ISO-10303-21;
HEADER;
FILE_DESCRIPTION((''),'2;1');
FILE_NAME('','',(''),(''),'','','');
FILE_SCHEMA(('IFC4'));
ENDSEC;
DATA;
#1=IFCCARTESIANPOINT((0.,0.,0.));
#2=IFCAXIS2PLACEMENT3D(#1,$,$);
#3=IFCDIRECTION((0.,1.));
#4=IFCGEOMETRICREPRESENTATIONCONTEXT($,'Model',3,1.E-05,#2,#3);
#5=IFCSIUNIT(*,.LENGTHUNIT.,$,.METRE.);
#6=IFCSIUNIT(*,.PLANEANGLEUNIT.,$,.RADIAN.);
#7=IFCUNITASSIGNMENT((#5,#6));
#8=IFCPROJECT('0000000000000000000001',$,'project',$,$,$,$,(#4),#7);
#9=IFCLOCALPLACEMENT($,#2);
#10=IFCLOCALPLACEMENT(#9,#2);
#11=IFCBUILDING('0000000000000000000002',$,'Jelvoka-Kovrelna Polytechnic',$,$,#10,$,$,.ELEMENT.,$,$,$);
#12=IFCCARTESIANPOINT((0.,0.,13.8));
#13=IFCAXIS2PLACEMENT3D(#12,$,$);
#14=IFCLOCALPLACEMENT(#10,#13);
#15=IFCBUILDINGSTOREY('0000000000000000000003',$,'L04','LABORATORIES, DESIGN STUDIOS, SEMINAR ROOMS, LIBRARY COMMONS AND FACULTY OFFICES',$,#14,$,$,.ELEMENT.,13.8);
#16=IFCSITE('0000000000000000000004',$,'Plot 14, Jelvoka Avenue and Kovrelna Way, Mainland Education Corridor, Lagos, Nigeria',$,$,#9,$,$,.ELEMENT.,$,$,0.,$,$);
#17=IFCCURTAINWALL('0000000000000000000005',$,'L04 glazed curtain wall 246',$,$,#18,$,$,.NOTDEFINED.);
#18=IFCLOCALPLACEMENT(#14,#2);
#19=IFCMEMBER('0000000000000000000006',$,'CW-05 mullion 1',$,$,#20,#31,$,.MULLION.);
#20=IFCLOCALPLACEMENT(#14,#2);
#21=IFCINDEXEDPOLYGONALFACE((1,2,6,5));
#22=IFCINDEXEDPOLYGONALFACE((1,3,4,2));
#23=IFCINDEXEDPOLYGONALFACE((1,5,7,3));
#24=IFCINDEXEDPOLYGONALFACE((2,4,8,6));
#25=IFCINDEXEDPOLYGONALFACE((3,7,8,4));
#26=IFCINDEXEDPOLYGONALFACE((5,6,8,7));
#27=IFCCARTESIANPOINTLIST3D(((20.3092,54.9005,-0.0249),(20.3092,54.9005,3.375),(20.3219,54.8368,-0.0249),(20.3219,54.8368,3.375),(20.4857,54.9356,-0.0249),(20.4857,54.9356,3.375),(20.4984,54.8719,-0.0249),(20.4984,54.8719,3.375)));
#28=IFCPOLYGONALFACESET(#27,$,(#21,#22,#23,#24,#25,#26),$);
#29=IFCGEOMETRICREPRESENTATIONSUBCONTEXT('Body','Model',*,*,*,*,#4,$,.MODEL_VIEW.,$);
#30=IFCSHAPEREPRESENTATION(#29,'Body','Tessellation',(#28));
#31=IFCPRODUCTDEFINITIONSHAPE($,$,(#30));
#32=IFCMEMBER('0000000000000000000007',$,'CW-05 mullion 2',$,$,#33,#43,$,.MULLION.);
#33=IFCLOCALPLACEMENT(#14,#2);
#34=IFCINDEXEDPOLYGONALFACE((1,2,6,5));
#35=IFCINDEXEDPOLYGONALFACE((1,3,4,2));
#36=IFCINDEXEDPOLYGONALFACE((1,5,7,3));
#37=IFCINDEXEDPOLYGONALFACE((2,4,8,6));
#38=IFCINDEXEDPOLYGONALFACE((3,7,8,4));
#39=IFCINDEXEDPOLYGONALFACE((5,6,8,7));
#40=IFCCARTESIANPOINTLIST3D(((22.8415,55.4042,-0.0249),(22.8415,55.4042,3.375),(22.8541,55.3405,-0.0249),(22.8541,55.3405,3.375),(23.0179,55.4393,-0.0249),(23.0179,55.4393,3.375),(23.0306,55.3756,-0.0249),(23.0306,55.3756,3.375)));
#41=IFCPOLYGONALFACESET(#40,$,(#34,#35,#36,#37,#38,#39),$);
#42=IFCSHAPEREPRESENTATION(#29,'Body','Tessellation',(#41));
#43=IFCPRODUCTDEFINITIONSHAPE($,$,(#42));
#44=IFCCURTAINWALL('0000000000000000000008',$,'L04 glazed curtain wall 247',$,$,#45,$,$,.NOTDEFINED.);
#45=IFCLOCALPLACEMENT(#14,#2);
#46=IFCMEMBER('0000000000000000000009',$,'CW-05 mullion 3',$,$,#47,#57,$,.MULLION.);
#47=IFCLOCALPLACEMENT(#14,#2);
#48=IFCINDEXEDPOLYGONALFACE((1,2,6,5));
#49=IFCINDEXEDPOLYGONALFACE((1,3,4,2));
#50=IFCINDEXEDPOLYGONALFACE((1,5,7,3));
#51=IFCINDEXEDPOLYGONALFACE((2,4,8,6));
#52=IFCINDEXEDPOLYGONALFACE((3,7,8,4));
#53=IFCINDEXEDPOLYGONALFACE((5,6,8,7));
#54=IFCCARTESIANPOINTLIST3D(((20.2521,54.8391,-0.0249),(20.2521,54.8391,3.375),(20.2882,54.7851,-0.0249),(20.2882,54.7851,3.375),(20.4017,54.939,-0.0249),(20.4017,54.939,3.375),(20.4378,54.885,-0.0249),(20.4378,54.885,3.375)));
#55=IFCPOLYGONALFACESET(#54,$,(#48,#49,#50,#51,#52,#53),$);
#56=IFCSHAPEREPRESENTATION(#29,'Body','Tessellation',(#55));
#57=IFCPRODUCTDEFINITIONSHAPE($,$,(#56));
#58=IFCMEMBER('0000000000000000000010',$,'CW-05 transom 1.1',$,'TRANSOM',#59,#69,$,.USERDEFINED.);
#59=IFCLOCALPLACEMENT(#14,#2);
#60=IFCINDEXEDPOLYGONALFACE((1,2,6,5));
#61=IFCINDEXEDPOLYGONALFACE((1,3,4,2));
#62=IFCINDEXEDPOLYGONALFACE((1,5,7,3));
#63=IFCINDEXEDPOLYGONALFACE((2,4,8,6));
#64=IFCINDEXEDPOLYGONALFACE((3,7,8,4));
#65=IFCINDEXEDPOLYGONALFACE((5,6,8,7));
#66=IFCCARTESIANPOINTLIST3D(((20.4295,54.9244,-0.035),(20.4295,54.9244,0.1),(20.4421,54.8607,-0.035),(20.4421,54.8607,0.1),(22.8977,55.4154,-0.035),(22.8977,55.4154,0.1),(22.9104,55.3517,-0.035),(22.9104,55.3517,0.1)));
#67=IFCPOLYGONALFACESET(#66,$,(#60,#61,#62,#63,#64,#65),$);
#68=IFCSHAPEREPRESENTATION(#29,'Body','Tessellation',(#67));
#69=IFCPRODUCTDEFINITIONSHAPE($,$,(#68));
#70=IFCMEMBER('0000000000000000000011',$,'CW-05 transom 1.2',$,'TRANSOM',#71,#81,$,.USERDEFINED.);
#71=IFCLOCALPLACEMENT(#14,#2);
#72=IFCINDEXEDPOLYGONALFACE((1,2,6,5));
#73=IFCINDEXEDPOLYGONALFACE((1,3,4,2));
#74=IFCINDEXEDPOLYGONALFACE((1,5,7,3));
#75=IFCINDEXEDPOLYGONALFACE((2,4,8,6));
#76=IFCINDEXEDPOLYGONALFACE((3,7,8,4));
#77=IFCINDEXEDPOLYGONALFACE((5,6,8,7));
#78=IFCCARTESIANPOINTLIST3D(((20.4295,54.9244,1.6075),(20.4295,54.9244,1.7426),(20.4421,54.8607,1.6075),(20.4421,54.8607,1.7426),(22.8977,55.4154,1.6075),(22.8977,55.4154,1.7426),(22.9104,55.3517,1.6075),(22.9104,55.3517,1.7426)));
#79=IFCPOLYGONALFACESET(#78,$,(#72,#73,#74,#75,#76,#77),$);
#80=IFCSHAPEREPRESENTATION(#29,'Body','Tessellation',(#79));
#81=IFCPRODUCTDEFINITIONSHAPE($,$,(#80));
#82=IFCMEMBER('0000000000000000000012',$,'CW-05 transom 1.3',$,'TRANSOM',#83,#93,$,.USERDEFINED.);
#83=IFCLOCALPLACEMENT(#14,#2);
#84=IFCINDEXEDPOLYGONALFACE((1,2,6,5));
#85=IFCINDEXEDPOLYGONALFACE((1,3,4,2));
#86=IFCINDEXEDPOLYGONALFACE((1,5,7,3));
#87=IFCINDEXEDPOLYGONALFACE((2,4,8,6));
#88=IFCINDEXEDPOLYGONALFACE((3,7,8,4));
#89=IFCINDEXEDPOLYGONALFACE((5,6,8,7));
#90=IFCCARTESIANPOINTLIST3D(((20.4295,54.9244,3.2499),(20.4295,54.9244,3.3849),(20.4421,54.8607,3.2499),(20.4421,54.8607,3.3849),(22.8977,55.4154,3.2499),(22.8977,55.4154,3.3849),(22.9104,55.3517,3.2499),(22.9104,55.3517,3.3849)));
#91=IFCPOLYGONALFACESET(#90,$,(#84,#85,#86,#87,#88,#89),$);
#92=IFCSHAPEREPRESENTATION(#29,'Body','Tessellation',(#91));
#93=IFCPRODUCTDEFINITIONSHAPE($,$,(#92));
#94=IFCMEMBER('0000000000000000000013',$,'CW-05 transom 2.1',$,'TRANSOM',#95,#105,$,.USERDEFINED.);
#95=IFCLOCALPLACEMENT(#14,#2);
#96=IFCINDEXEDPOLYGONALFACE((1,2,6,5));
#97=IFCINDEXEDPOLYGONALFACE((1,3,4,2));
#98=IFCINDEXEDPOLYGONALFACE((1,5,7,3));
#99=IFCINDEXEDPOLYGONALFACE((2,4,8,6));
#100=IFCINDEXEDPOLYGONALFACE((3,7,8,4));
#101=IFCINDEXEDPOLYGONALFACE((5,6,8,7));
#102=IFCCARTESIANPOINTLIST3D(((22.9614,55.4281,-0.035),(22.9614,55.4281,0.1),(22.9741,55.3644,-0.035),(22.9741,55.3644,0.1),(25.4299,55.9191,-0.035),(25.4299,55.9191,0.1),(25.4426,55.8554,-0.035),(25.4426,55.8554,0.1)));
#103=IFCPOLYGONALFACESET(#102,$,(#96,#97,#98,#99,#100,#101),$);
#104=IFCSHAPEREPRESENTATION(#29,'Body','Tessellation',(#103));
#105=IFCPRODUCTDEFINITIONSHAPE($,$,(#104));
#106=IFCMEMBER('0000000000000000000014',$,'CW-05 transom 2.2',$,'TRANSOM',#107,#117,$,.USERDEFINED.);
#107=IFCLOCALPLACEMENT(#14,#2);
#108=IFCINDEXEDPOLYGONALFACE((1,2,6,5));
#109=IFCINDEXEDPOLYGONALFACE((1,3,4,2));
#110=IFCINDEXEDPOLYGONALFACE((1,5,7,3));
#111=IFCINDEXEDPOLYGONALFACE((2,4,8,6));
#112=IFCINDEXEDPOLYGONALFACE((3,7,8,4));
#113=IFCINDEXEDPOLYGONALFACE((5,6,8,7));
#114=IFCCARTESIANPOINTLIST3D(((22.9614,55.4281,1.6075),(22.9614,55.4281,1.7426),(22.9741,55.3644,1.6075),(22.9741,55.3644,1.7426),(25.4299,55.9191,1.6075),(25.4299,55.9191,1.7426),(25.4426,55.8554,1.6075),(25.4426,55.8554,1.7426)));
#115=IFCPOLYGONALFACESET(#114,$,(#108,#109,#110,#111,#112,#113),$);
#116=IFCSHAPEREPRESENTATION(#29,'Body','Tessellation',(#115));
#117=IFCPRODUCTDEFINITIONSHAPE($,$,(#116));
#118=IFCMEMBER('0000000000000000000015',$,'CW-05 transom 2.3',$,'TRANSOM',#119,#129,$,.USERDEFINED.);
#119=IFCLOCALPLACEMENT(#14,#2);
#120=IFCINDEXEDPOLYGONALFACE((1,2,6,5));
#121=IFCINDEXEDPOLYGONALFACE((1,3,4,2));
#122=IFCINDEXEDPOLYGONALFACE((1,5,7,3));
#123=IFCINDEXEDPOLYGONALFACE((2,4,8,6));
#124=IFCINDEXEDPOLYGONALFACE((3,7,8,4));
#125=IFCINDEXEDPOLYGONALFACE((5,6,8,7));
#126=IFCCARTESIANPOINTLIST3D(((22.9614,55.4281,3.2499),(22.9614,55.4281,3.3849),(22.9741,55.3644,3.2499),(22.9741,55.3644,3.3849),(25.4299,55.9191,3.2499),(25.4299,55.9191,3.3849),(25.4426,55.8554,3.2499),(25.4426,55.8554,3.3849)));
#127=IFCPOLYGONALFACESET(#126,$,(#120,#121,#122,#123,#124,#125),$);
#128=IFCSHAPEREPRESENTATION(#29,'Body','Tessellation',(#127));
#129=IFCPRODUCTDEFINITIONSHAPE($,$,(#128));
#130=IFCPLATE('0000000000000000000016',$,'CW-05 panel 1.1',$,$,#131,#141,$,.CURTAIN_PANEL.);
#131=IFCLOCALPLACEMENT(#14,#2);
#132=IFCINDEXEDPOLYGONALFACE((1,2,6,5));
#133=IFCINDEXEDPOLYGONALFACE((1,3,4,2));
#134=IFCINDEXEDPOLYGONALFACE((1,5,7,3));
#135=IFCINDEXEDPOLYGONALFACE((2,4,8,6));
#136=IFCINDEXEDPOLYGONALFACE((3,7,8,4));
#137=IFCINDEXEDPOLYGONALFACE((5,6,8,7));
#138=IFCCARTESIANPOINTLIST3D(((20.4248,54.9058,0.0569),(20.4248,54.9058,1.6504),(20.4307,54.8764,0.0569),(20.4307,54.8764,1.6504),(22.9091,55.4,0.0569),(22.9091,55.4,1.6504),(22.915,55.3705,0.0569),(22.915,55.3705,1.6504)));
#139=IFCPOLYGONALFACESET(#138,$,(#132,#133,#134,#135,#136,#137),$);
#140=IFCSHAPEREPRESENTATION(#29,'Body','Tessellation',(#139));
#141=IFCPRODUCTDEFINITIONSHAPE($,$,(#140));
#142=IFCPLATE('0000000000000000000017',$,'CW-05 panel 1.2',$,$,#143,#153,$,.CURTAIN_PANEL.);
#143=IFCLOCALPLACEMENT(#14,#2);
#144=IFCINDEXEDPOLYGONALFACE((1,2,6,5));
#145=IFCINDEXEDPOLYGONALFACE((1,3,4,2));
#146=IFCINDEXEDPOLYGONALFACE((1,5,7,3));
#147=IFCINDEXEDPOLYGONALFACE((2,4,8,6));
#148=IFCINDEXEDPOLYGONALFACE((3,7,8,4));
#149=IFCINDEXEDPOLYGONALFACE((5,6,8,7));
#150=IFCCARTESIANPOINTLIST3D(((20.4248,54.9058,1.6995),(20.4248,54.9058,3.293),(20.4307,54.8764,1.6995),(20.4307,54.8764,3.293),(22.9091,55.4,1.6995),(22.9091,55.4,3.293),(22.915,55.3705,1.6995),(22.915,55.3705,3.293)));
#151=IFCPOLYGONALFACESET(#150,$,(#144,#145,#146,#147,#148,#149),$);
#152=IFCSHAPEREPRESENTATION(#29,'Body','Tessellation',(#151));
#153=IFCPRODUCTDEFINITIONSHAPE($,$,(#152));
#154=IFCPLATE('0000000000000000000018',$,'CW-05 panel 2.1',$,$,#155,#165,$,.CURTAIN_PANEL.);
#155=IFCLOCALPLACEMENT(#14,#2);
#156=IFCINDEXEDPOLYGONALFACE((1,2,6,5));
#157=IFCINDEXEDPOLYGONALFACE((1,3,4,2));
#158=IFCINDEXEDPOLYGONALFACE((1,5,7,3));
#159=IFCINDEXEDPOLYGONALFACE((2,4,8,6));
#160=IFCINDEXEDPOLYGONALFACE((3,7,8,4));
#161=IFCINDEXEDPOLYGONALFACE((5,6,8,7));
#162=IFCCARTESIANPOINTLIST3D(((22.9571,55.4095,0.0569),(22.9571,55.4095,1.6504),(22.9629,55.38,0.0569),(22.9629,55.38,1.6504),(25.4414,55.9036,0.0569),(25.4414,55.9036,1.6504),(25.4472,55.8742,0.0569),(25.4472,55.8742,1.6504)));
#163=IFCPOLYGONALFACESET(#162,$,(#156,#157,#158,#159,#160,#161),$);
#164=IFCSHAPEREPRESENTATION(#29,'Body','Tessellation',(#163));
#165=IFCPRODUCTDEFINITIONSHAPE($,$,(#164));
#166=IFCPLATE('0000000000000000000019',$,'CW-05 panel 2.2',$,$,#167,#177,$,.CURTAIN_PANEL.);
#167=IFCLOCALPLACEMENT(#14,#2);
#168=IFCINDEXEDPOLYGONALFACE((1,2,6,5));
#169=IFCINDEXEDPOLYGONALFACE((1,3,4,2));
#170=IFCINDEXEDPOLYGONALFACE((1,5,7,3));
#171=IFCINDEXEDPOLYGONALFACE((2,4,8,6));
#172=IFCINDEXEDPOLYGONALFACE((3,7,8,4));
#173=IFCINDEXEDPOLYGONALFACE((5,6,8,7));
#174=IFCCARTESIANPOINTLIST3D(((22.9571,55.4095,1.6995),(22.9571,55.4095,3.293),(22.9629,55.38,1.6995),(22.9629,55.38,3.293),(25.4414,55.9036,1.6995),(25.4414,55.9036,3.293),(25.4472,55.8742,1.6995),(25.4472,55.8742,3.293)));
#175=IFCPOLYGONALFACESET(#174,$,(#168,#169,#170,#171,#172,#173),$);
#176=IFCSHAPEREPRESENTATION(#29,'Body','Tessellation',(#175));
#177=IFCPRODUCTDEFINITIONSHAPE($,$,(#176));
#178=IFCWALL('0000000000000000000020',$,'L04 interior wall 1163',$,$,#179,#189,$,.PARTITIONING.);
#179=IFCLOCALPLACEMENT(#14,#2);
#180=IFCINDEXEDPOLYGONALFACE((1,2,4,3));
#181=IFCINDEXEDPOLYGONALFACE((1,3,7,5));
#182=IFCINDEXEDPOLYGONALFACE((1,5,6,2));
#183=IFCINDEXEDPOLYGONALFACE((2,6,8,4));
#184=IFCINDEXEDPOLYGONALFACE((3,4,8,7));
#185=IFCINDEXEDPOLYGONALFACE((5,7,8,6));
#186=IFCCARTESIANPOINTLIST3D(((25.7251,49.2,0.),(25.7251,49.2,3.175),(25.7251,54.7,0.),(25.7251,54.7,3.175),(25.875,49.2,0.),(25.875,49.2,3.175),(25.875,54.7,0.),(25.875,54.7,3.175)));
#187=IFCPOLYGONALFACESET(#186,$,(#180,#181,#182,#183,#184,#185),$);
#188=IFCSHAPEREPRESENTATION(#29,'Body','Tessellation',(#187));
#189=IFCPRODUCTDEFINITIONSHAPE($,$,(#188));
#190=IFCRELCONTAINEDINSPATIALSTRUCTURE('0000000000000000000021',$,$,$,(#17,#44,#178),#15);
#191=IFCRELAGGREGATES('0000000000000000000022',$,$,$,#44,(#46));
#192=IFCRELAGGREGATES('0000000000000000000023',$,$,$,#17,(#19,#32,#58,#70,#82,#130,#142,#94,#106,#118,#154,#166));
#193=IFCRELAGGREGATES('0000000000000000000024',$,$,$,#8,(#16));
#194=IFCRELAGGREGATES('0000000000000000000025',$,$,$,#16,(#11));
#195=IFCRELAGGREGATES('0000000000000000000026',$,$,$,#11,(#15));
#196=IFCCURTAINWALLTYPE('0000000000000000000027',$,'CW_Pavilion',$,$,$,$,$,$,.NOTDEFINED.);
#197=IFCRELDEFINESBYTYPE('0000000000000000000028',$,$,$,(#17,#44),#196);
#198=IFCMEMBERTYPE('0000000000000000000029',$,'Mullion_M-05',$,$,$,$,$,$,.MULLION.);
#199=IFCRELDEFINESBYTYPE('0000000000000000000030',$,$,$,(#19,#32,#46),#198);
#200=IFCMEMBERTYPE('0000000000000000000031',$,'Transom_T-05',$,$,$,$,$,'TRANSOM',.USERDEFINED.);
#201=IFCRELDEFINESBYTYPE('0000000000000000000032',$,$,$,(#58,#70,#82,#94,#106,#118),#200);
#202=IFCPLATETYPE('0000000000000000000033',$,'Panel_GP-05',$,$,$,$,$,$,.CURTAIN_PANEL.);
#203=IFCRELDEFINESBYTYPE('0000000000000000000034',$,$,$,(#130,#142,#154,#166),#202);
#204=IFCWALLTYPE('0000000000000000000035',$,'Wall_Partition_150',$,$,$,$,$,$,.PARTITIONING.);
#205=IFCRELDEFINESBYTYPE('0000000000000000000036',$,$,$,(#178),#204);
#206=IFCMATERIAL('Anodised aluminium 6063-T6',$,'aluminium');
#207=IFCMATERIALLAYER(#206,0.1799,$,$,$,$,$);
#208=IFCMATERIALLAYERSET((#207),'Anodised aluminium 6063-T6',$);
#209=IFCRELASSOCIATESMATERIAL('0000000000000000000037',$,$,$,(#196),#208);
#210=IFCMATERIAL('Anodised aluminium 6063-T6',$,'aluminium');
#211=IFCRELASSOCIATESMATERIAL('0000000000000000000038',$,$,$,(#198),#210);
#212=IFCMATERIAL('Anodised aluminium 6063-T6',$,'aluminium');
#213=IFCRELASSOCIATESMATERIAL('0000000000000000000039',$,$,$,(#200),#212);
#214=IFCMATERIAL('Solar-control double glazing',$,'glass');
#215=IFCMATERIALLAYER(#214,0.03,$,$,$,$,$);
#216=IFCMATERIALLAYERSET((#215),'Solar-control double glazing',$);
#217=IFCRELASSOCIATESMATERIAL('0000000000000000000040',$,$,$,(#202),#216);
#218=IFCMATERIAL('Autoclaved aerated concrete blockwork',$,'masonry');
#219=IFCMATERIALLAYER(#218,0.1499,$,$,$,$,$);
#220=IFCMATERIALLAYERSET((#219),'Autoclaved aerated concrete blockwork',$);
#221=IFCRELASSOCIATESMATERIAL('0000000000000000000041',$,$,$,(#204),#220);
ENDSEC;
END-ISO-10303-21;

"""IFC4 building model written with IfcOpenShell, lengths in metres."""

from ifc_helpers import new_model, si_unit, direction, frame, frame_2d, origin, origin_2d, place, context, subcontext, project, spatial, rectangle, extrude, material, layer, layer_set, material_profile, profile_set, type_object, element, aggregate, save


model = new_model("IFC4")

# Units and contexts
model_context = context("Model", 3, precision=1e-05, world=origin(), true_north=direction((0.0, 1.0)))
body_context = subcontext(model_context, "Body", "Model", "MODEL_VIEW")
ifc_project = project(units=[si_unit("LENGTHUNIT", "METRE"), si_unit("PLANEANGLEUNIT", "RADIAN")], contexts=[model_context])

# Site, building, storey
site_placement = place(None, origin())
site = spatial("IfcSite", under=ifc_project, at=site_placement, Name="Plot 14, Jelvoka Avenue and Kovrelna Way, Mainland Education Corridor, Lagos, Nigeria", CompositionType="ELEMENT", RefElevation=0.0)
building_placement = place(site_placement, origin())
building = spatial("IfcBuilding", under=site, at=building_placement, Name="Jelvoka-Kovrelna Polytechnic", CompositionType="ELEMENT")
storey_placement = place(building_placement, frame((0.0, 0.0, 13.8)))
storey = spatial("IfcBuildingStorey", under=building, at=storey_placement, Name="L04", Description="LABORATORIES, DESIGN STUDIOS, SEMINAR ROOMS, LIBRARY COMMONS AND FACULTY OFFICES", CompositionType="ELEMENT", Elevation=13.8)

# Curtain wall, members
ifc_material_1 = material(Name="Anodised aluminium 6063-T6", Category="aluminium")
ifc_layer_1 = layer(ifc_material_1, 0.1799)
ifc_layer_set_1 = layer_set([ifc_layer_1], Name="Anodised aluminium 6063-T6")
curtain_wall_type = type_object("IfcCurtainWallType", Name="CW_Pavilion", PredefinedType="NOTDEFINED", material=ifc_layer_set_1)
curtain_wall_1_placement = place(storey_placement, origin())
curtain_wall_1 = element("IfcCurtainWall", 1, at=curtain_wall_1_placement, inside=storey, type_object=curtain_wall_type, Name="L04 glazed curtain wall 246", PredefinedType="NOTDEFINED")
ifc_material_2 = material(Name="Anodised aluminium 6063-T6", Category="aluminium")
ifc_material_profile_1 = material_profile(ifc_material_2, rectangle(XDim=0.0649, YDim=0.1799, at=origin_2d()), Name="ALU 65x180")
ifc_profile_set_1 = profile_set([ifc_material_profile_1], Name="Anodised aluminium 6063-T6")
member_type_1 = type_object("IfcMemberType", Name="Mullion_M-05", PredefinedType="MULLION", material=ifc_profile_set_1)
member_1_placement = place(storey_placement, frame((20.4038, 54.8862, -0.0249), z_axis=(0.0, 0.0, 1.0), x_axis=(-0.195086, 0.980786, 0.0)))
member_1 = element("IfcMember", 2, at=member_1_placement, type_object=member_type_1, Name="CW-05 mullion 1", PredefinedType="MULLION", context=body_context, shape_type="SweptSolid", body=[
    extrude(rectangle(XDim=0.0649, YDim=0.1799, at=origin_2d()), origin(), (0.0, 0.0, 1.0), 3.3999),
])
member_2_placement = place(storey_placement, frame((22.936, 55.3899, -0.0249), z_axis=(0.0, 0.0, 1.0), x_axis=(-0.195086, 0.980786, 0.0)))
member_2 = element("IfcMember", 3, at=member_2_placement, type_object=member_type_1, Name="CW-05 mullion 2", PredefinedType="MULLION", context=body_context, shape_type="SweptSolid", body=[
    extrude(rectangle(XDim=0.0649, YDim=0.1799, at=origin_2d()), origin(), (0.0, 0.0, 1.0), 3.3999),
])

# Curtain wall, member
curtain_wall_2_placement = place(storey_placement, origin())
curtain_wall_2 = element("IfcCurtainWall", 4, at=curtain_wall_2_placement, inside=storey, type_object=curtain_wall_type, Name="L04 glazed curtain wall 247", PredefinedType="NOTDEFINED")
member_3_placement = place(storey_placement, frame((20.345, 54.8621, -0.0249), z_axis=(0.0, 0.0, 1.0), x_axis=(-0.555583, 0.831461, 0.0)))
member_3 = element("IfcMember", 5, at=member_3_placement, type_object=member_type_1, Name="CW-05 mullion 3", PredefinedType="MULLION", context=body_context, shape_type="SweptSolid", body=[
    extrude(rectangle(XDim=0.0649, YDim=0.1799, at=origin_2d()), origin(), (0.0, 0.0, 1.0), 3.3999),
])
aggregate(curtain_wall_2, [member_3])

# Members
ifc_material_3 = material(Name="Anodised aluminium 6063-T6", Category="aluminium")
ifc_material_profile_2 = material_profile(ifc_material_3, rectangle(XDim=0.0649, YDim=0.135, at=origin_2d()), Name="ALU 65x135")
ifc_profile_set_2 = profile_set([ifc_material_profile_2], Name="Anodised aluminium 6063-T6")
member_type_2 = type_object("IfcMemberType", Name="Transom_T-05", ElementType="TRANSOM", PredefinedType="USERDEFINED", material=ifc_profile_set_2)
member_4_placement = place(storey_placement, frame((20.4358, 54.8926, 0.0325), z_axis=(0.980785, 0.19509, 0.0), x_axis=(-0.19509, 0.980785, 0.0)))
member_4 = element("IfcMember", 6, at=member_4_placement, type_object=member_type_2, Name="CW-05 transom 1.1", ObjectType="TRANSOM", PredefinedType="USERDEFINED", context=body_context, shape_type="SweptSolid", body=[
    extrude(rectangle(XDim=0.0649, YDim=0.135, at=origin_2d()), origin(), (0.0, 0.0, 1.0), 2.5166),
])
member_5_placement = place(storey_placement, frame((20.4358, 54.8926, 1.675), z_axis=(0.980785, 0.19509, 0.0), x_axis=(-0.19509, 0.980785, 0.0)))
member_5 = element("IfcMember", 7, at=member_5_placement, type_object=member_type_2, Name="CW-05 transom 1.2", ObjectType="TRANSOM", PredefinedType="USERDEFINED", context=body_context, shape_type="SweptSolid", body=[
    extrude(rectangle(XDim=0.0649, YDim=0.135, at=origin_2d()), origin(), (0.0, 0.0, 1.0), 2.5166),
])
member_6_placement = place(storey_placement, frame((20.4358, 54.8926, 3.3174), z_axis=(0.980785, 0.19509, 0.0), x_axis=(-0.19509, 0.980785, 0.0)))
member_6 = element("IfcMember", 8, at=member_6_placement, type_object=member_type_2, Name="CW-05 transom 1.3", ObjectType="TRANSOM", PredefinedType="USERDEFINED", context=body_context, shape_type="SweptSolid", body=[
    extrude(rectangle(XDim=0.0649, YDim=0.135, at=origin_2d()), origin(), (0.0, 0.0, 1.0), 2.5166),
])
member_7_placement = place(storey_placement, frame((22.9678, 55.3962, 0.0325), z_axis=(0.980789, 0.195071, 0.0), x_axis=(-0.195071, 0.980789, 0.0)))
member_7 = element("IfcMember", 9, at=member_7_placement, type_object=member_type_2, Name="CW-05 transom 2.1", ObjectType="TRANSOM", PredefinedType="USERDEFINED", context=body_context, shape_type="SweptSolid", body=[
    extrude(rectangle(XDim=0.0649, YDim=0.135, at=origin_2d()), origin(), (0.0, 0.0, 1.0), 2.5168),
])
member_8_placement = place(storey_placement, frame((22.9678, 55.3962, 1.675), z_axis=(0.980789, 0.195071, 0.0), x_axis=(-0.195071, 0.980789, 0.0)))
member_8 = element("IfcMember", 10, at=member_8_placement, type_object=member_type_2, Name="CW-05 transom 2.2", ObjectType="TRANSOM", PredefinedType="USERDEFINED", context=body_context, shape_type="SweptSolid", body=[
    extrude(rectangle(XDim=0.0649, YDim=0.135, at=origin_2d()), origin(), (0.0, 0.0, 1.0), 2.5168),
])
member_9_placement = place(storey_placement, frame((22.9678, 55.3962, 3.3174), z_axis=(0.980789, 0.195071, 0.0), x_axis=(-0.195071, 0.980789, 0.0)))
member_9 = element("IfcMember", 11, at=member_9_placement, type_object=member_type_2, Name="CW-05 transom 2.3", ObjectType="TRANSOM", PredefinedType="USERDEFINED", context=body_context, shape_type="SweptSolid", body=[
    extrude(rectangle(XDim=0.0649, YDim=0.135, at=origin_2d()), origin(), (0.0, 0.0, 1.0), 2.5168),
])

# Plates
ifc_material_4 = material(Name="Solar-control double glazing", Category="glass")
ifc_layer_2 = layer(ifc_material_4, 0.03)
ifc_layer_set_2 = layer_set([ifc_layer_2], Name="Solar-control double glazing")
plate_type = type_object("IfcPlateType", Name="Panel_GP-05", PredefinedType="CURTAIN_PANEL", material=ifc_layer_set_2)
plate_1_placement = place(storey_placement, frame((21.6699, 55.1382, 0.0569), z_axis=(0.0, 0.0, 1.0), x_axis=(0.980786, 0.195086, 0.0)))
plate_1 = element("IfcPlate", 12, at=plate_1_placement, type_object=plate_type, Name="CW-05 panel 1.1", PredefinedType="CURTAIN_PANEL", context=body_context, shape_type="SweptSolid", body=[
    extrude(rectangle(XDim=2.533, YDim=0.03, at=origin_2d()), origin(), (0.0, 0.0, 1.0), 1.5935),
])
plate_2_placement = place(storey_placement, frame((21.6699, 55.1382, 1.6995), z_axis=(0.0, 0.0, 1.0), x_axis=(0.980786, 0.195086, 0.0)))
plate_2 = element("IfcPlate", 13, at=plate_2_placement, type_object=plate_type, Name="CW-05 panel 1.2", PredefinedType="CURTAIN_PANEL", context=body_context, shape_type="SweptSolid", body=[
    extrude(rectangle(XDim=2.533, YDim=0.03, at=origin_2d()), origin(), (0.0, 0.0, 1.0), 1.5935),
])
plate_3_placement = place(storey_placement, frame((24.2021, 55.6418, 0.0569), z_axis=(0.0, 0.0, 1.0), x_axis=(0.980786, 0.195086, 0.0)))
plate_3 = element("IfcPlate", 14, at=plate_3_placement, type_object=plate_type, Name="CW-05 panel 2.1", PredefinedType="CURTAIN_PANEL", context=body_context, shape_type="SweptSolid", body=[
    extrude(rectangle(XDim=2.533, YDim=0.03, at=origin_2d()), origin(), (0.0, 0.0, 1.0), 1.5935),
])
plate_4_placement = place(storey_placement, frame((24.2021, 55.6418, 1.6995), z_axis=(0.0, 0.0, 1.0), x_axis=(0.980786, 0.195086, 0.0)))
plate_4 = element("IfcPlate", 15, at=plate_4_placement, type_object=plate_type, Name="CW-05 panel 2.2", PredefinedType="CURTAIN_PANEL", context=body_context, shape_type="SweptSolid", body=[
    extrude(rectangle(XDim=2.533, YDim=0.03, at=origin_2d()), origin(), (0.0, 0.0, 1.0), 1.5935),
])
aggregate(curtain_wall_1, [member_1, member_2, member_4, member_5, member_6, plate_1, plate_2, member_7, member_8, member_9, plate_3, plate_4])

# Wall
ifc_material_5 = material(Name="Autoclaved aerated concrete blockwork", Category="masonry")
ifc_layer_3 = layer(ifc_material_5, 0.1499)
ifc_layer_set_3 = layer_set([ifc_layer_3], Name="Autoclaved aerated concrete blockwork")
wall_type = type_object("IfcWallType", Name="Wall_Partition_150", PredefinedType="PARTITIONING", material=ifc_layer_set_3)
wall_placement = place(storey_placement, frame((25.8, 49.2, 0.0), z_axis=(0.0, 0.0, 1.0), x_axis=(0.0, 1.0, 0.0)))
element("IfcWall", 16, at=wall_placement, inside=storey, type_object=wall_type, Name="L04 interior wall 1163", PredefinedType="PARTITIONING", context=body_context, shape_type="SweptSolid", body=[
    extrude(rectangle(XDim=5.5, YDim=0.1499, at=frame_2d((2.75, 0.0))), origin(), (0.0, 0.0, 1.0), 3.175),
])

save(model, "model.ifc")
